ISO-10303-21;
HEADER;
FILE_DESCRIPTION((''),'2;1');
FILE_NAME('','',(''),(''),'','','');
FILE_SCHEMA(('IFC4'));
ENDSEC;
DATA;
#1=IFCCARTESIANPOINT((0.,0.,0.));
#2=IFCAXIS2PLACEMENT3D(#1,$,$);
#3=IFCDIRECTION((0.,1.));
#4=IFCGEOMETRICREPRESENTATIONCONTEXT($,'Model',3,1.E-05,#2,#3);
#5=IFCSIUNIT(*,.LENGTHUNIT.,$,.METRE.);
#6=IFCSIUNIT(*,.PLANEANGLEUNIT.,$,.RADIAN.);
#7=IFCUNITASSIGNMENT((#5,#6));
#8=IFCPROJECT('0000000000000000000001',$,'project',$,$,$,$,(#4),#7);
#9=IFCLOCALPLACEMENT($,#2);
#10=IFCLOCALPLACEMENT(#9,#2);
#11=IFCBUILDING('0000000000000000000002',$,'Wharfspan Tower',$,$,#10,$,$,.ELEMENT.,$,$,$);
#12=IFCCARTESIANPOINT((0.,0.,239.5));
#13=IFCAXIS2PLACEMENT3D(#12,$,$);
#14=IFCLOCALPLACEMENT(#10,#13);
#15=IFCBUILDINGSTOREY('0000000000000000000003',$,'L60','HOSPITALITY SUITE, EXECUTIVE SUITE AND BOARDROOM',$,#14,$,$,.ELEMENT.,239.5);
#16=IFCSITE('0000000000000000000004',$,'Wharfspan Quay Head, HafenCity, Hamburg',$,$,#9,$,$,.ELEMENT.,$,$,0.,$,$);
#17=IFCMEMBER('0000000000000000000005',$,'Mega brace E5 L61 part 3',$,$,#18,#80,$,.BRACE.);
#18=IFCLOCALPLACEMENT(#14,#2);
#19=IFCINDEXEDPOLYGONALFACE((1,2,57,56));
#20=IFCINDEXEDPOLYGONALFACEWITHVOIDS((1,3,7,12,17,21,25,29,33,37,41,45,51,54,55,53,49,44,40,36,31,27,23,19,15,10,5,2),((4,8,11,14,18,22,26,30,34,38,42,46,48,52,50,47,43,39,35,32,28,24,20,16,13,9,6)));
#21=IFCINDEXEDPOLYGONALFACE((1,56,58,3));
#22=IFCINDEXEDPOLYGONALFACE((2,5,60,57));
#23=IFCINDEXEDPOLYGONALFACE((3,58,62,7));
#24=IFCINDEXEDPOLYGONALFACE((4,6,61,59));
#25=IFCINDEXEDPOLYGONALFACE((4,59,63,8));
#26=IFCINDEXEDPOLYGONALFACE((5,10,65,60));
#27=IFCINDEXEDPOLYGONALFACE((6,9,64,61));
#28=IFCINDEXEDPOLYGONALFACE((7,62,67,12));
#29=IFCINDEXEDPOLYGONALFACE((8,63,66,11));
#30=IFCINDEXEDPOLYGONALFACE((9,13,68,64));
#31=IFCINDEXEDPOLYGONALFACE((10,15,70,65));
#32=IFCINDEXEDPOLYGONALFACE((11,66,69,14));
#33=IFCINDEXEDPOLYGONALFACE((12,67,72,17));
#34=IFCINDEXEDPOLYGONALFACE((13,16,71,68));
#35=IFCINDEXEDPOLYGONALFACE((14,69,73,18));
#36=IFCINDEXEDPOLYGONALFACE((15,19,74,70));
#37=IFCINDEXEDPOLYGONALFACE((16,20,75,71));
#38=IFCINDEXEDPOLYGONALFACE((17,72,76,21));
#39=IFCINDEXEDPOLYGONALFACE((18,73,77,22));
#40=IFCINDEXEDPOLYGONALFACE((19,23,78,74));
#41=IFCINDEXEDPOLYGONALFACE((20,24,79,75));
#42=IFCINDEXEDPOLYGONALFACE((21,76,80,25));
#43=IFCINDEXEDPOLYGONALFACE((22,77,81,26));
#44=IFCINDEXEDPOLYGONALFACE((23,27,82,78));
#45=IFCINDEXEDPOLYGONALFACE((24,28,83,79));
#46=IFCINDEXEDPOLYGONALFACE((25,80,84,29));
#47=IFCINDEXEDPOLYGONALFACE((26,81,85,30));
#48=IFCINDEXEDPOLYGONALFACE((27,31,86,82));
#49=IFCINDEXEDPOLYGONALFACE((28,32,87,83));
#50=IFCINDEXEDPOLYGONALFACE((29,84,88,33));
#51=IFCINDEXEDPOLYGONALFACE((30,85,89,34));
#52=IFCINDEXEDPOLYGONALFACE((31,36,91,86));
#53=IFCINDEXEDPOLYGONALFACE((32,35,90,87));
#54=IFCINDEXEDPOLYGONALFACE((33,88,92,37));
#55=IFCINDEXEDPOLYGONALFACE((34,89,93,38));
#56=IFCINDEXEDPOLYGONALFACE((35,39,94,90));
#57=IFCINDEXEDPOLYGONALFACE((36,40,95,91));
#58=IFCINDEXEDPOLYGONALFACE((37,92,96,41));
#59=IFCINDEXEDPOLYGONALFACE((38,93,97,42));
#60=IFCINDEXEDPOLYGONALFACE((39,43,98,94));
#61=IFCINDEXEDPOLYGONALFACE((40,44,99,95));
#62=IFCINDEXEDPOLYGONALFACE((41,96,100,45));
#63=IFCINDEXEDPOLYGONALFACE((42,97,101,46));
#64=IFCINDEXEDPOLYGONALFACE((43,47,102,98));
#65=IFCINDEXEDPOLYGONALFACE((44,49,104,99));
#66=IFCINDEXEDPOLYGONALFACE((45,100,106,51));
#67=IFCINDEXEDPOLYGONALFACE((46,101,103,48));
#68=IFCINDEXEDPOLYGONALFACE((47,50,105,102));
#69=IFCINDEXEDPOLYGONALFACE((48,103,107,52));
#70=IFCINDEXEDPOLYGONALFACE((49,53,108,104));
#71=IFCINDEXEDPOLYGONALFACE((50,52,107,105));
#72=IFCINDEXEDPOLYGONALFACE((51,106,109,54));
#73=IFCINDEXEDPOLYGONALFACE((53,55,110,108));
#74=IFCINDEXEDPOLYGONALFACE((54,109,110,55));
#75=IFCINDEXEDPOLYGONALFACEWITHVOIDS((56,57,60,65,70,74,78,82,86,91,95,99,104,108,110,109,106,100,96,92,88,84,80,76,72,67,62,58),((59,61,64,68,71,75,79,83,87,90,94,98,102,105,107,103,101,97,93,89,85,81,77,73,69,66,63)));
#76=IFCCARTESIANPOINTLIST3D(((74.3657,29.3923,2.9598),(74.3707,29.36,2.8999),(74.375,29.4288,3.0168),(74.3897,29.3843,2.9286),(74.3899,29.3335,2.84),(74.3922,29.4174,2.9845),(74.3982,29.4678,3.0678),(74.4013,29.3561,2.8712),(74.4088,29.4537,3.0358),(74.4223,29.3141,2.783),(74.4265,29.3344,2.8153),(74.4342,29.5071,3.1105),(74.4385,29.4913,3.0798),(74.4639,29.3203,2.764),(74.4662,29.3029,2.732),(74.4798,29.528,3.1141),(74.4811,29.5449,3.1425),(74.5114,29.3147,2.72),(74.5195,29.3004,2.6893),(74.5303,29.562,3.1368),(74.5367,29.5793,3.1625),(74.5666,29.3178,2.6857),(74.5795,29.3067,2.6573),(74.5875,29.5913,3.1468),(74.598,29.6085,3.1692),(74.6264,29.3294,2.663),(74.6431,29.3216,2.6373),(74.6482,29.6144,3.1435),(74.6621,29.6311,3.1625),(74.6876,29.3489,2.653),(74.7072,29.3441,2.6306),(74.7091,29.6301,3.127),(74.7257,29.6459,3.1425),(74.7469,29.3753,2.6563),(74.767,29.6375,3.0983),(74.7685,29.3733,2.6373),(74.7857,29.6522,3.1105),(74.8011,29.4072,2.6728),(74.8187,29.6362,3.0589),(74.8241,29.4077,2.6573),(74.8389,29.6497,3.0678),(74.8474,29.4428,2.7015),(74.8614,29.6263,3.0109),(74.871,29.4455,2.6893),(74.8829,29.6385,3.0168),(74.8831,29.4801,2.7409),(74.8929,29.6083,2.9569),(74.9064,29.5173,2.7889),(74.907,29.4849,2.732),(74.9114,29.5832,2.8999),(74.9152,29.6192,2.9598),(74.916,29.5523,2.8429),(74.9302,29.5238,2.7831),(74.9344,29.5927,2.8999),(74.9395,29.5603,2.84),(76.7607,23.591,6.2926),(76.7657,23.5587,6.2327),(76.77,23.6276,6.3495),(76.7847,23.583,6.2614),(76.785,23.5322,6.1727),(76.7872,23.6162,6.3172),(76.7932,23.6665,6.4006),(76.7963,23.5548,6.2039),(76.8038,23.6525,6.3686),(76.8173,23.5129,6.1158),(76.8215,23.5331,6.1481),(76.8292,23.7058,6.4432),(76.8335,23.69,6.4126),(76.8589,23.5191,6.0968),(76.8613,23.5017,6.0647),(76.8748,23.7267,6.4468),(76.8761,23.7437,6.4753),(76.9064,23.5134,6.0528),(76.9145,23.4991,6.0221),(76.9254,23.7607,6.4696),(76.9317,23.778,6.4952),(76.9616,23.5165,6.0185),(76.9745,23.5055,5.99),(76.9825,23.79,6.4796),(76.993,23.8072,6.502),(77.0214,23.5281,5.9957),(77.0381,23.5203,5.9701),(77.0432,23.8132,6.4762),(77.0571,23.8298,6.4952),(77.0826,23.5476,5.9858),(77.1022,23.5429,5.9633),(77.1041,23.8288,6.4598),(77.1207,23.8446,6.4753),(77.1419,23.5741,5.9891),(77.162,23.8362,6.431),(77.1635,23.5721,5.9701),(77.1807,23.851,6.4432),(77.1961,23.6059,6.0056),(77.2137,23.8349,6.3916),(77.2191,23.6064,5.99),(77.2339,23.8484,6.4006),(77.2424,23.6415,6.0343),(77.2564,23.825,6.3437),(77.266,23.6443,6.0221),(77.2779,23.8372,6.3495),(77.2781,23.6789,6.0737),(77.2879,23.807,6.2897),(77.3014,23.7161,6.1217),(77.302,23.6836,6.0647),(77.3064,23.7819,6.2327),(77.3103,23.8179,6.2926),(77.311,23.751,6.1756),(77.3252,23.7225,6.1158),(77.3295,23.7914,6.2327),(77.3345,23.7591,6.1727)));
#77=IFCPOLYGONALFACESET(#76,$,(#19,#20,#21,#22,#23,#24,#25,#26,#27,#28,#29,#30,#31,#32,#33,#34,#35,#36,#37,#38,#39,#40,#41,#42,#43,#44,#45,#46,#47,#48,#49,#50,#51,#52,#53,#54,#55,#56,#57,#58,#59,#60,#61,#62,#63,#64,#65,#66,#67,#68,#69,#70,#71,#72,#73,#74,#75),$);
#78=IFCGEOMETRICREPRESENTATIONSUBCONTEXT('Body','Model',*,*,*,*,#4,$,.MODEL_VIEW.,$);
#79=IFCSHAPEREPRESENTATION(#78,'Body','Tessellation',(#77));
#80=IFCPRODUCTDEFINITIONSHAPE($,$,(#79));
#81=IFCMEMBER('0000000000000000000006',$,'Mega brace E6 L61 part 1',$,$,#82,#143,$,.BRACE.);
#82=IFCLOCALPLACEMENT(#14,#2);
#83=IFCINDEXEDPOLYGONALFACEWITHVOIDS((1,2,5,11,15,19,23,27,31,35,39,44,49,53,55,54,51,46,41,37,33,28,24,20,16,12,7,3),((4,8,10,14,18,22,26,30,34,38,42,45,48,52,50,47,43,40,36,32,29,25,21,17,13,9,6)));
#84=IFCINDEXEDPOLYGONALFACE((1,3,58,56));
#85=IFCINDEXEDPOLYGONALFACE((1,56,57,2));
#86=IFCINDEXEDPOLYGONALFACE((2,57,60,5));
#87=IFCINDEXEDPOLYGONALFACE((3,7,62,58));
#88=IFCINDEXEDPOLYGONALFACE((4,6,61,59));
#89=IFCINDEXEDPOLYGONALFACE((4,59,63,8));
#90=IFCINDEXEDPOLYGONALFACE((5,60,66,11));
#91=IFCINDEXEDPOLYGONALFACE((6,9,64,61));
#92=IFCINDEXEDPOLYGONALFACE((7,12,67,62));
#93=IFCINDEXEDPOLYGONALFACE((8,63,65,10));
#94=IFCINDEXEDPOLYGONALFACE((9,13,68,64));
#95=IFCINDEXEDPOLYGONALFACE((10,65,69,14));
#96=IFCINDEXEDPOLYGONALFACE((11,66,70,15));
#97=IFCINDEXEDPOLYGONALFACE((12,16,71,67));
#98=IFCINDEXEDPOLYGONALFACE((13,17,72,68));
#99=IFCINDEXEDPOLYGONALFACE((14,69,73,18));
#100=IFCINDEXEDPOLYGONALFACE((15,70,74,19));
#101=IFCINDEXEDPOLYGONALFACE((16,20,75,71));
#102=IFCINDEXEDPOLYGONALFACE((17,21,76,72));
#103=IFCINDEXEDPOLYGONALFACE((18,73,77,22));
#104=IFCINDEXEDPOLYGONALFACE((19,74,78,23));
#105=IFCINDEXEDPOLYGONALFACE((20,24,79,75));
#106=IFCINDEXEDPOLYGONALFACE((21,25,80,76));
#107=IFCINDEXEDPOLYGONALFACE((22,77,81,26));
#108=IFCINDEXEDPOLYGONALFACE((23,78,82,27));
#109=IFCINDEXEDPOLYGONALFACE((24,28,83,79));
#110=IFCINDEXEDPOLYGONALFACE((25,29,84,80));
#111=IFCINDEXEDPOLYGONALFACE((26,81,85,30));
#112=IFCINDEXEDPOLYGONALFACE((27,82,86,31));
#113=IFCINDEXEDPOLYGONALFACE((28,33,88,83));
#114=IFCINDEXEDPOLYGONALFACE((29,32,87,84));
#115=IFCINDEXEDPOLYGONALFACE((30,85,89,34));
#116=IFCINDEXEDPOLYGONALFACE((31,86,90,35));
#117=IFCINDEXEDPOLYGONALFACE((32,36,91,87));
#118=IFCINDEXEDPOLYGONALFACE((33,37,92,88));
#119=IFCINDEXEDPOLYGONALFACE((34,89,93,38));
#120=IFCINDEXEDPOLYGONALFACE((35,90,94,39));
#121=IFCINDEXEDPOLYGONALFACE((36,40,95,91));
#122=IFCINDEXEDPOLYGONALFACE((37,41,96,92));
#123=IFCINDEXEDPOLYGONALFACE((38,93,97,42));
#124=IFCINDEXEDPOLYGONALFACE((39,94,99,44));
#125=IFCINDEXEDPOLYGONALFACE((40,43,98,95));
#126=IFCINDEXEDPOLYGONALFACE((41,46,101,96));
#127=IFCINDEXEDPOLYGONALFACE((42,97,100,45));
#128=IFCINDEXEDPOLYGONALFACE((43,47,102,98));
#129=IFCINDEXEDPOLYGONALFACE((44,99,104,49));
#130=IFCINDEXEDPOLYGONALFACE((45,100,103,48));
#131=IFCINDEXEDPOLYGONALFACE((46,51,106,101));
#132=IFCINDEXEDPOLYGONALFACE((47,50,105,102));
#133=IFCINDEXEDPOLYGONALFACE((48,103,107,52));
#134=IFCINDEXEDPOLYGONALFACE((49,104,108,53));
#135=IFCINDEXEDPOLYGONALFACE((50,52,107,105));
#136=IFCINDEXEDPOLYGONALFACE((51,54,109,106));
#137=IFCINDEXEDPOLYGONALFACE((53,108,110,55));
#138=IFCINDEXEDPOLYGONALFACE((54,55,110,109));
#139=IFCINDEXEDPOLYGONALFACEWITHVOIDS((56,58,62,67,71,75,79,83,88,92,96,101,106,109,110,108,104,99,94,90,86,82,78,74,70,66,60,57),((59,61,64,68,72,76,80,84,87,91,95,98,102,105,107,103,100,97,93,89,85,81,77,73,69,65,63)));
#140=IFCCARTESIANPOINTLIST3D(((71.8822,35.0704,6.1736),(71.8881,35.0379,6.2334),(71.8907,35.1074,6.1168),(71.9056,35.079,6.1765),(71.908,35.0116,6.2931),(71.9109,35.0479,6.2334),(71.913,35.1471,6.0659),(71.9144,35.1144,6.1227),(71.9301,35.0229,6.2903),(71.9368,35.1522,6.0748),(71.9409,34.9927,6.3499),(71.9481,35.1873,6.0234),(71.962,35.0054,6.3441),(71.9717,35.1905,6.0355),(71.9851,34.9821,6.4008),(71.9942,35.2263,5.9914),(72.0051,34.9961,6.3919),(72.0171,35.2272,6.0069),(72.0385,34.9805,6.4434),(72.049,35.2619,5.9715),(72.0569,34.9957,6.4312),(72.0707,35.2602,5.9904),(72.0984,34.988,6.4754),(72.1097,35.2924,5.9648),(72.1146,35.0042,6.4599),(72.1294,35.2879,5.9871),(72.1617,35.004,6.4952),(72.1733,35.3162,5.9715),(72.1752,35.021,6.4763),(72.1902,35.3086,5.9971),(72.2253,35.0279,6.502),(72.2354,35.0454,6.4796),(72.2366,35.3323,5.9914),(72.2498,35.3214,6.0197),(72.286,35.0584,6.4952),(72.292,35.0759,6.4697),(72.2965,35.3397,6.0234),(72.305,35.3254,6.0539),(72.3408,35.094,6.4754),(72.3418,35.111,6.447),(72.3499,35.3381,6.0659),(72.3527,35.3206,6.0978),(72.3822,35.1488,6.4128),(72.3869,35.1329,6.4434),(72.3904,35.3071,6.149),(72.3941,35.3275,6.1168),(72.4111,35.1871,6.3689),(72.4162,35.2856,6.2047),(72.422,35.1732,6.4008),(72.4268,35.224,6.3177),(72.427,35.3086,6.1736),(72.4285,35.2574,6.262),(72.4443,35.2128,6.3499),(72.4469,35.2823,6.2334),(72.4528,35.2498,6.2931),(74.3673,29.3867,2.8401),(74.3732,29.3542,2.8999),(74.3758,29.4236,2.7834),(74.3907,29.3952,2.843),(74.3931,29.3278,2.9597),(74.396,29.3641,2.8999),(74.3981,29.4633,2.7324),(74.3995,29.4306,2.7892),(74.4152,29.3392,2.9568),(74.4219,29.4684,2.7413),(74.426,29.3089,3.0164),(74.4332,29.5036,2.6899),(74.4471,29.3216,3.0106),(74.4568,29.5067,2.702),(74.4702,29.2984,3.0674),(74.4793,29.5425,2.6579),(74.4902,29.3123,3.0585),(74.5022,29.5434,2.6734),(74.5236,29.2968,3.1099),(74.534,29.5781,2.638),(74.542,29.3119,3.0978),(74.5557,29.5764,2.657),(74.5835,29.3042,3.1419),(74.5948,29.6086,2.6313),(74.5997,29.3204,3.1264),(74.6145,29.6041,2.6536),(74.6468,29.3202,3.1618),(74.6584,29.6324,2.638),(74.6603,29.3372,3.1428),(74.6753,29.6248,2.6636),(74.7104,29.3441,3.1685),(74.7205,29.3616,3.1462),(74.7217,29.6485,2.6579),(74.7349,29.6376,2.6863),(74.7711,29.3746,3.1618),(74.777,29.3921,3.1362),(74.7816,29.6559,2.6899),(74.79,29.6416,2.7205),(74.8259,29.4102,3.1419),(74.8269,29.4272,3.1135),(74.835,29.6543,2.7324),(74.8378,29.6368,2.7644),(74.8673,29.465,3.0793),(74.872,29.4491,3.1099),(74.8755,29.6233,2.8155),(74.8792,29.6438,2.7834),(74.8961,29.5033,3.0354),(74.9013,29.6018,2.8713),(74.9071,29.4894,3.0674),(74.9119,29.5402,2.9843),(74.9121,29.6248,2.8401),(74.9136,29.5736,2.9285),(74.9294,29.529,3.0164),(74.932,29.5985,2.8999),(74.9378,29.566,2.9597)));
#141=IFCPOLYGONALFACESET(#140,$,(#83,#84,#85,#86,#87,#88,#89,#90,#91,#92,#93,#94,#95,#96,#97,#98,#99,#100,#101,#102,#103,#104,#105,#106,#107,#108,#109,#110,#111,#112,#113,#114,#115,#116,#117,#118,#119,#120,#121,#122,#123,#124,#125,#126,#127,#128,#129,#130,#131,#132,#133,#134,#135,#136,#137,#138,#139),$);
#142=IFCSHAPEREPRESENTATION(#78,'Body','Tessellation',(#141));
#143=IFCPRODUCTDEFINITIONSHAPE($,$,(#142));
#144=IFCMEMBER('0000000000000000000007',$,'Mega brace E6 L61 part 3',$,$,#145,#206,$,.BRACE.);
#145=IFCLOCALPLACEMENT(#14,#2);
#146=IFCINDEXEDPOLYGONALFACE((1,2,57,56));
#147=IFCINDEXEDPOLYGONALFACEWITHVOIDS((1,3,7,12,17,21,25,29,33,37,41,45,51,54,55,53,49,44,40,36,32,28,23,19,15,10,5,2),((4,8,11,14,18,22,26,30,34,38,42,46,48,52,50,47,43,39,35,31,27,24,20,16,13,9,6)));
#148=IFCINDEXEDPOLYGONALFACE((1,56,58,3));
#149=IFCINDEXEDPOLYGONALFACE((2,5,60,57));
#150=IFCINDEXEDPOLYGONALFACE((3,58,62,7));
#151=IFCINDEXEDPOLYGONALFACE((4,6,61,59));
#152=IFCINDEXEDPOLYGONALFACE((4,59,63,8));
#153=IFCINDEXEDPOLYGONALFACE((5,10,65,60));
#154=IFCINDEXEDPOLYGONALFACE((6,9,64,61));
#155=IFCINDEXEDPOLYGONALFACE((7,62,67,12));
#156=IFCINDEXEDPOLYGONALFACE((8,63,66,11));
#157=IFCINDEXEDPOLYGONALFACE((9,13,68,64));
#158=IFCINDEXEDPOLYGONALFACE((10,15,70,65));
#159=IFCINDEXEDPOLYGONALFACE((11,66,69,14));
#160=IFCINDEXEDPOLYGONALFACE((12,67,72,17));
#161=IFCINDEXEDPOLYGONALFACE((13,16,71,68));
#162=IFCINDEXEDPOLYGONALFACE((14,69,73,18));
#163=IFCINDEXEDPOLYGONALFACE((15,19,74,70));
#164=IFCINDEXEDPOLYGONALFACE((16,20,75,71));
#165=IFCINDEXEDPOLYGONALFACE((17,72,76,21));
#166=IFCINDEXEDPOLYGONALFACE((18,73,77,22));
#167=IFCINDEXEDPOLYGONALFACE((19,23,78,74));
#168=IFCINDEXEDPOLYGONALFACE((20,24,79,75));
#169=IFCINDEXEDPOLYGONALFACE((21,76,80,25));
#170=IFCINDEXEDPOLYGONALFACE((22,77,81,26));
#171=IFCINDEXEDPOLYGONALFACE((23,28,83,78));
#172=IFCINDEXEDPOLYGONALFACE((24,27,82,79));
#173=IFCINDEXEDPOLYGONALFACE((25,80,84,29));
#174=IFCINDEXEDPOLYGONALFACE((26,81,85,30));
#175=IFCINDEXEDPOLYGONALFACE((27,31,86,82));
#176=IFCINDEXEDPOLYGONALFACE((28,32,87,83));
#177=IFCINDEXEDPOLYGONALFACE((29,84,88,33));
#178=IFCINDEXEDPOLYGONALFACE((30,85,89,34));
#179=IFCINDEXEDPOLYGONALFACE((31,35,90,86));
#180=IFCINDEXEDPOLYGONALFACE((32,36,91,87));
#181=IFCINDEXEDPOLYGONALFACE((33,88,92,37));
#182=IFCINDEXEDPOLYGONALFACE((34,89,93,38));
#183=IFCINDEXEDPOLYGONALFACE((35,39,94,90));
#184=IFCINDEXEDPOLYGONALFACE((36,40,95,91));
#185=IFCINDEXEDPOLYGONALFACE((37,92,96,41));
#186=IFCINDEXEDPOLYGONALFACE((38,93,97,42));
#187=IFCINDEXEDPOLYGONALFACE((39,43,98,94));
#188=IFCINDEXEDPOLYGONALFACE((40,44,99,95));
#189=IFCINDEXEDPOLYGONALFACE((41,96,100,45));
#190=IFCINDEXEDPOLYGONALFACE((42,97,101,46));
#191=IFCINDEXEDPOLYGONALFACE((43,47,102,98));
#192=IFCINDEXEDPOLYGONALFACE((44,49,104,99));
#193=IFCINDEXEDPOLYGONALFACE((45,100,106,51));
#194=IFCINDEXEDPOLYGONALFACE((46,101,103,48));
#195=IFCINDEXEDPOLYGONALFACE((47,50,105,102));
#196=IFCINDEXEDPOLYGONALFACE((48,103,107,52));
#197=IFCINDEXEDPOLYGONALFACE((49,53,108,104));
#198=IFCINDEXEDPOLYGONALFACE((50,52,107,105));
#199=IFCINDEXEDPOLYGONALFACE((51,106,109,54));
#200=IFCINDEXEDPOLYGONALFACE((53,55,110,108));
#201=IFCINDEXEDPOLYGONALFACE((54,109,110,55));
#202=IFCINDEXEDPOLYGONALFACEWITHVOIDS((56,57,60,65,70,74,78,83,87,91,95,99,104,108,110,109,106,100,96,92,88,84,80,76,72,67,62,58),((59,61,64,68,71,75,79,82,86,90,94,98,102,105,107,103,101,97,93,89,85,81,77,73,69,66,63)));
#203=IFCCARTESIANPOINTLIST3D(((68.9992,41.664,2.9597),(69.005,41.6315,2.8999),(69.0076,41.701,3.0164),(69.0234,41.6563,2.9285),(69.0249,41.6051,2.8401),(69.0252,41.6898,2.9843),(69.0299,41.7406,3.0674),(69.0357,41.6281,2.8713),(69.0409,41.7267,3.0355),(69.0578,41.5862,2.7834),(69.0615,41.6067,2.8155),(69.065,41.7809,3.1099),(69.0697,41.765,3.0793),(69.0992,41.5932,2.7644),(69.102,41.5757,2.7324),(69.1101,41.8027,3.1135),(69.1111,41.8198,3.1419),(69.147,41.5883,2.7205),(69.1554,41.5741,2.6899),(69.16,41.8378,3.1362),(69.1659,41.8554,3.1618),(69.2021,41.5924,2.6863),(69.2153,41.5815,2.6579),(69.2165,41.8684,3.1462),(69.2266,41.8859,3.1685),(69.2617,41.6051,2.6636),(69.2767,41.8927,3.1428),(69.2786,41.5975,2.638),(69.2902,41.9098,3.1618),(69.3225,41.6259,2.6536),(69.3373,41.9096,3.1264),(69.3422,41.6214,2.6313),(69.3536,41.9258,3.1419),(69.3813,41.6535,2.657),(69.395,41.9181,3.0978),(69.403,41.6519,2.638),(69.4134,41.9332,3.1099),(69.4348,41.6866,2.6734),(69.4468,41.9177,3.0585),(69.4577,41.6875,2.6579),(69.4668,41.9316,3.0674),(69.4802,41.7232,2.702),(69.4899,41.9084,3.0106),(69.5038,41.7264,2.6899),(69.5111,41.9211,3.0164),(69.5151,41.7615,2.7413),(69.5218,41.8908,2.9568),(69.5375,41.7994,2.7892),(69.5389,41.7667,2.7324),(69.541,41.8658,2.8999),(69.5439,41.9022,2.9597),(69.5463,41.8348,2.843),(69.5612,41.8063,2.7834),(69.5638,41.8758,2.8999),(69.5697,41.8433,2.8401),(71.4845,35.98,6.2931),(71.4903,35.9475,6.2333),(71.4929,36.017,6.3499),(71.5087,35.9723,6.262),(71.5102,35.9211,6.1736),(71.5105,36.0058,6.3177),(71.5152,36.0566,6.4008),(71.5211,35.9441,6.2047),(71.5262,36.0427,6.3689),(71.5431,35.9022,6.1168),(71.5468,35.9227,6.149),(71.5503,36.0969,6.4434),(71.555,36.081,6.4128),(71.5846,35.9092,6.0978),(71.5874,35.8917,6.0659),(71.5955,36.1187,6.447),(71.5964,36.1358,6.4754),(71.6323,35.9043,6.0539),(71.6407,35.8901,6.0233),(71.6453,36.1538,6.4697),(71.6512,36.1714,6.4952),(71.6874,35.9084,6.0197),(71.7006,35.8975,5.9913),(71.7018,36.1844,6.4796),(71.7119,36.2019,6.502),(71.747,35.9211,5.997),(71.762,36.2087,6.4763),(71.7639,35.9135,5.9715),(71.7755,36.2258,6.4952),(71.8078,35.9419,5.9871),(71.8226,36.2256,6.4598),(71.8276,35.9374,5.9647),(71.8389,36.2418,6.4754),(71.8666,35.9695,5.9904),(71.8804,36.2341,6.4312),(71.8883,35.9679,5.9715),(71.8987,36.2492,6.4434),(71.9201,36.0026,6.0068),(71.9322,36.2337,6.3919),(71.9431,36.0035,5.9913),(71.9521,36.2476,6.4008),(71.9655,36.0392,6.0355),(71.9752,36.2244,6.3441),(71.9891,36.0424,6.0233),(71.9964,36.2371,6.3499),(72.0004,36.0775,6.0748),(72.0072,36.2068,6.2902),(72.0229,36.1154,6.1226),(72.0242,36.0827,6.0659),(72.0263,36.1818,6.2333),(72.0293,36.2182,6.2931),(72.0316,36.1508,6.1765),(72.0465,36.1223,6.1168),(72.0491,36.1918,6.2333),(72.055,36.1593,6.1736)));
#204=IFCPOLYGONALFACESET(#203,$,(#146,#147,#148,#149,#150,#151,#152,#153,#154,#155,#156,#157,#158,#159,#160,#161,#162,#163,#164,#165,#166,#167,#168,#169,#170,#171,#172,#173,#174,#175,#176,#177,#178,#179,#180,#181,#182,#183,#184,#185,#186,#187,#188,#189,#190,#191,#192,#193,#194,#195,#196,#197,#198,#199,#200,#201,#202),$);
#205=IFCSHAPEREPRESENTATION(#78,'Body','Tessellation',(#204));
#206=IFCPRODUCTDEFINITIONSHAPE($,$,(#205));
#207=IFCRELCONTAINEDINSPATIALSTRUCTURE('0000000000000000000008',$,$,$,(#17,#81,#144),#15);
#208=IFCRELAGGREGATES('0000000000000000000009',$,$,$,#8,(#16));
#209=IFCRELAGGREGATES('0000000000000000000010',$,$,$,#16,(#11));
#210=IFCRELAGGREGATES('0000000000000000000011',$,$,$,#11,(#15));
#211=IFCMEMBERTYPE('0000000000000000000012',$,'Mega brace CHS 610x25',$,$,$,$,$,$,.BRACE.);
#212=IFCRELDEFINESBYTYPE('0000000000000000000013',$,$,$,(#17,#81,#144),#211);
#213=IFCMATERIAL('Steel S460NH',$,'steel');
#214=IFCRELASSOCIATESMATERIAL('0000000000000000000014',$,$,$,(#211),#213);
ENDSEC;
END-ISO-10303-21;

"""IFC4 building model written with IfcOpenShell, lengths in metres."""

from ifc_helpers import new_model, si_unit, direction, frame, origin, origin_2d, place, context, subcontext, project, spatial, hollow_circle, extrude, material, material_profile, profile_set, type_object, element, save


model = new_model("IFC4")

# Units and contexts
model_context = context("Model", 3, precision=1e-05, world=origin(), true_north=direction((0.0, 1.0)))
body_context = subcontext(model_context, "Body", "Model", "MODEL_VIEW")
ifc_project = project(units=[si_unit("LENGTHUNIT", "METRE"), si_unit("PLANEANGLEUNIT", "RADIAN")], contexts=[model_context])

# Site, building, storey
site_placement = place(None, origin())
site = spatial("IfcSite", under=ifc_project, at=site_placement, Name="Wharfspan Quay Head, HafenCity, Hamburg", CompositionType="ELEMENT", RefElevation=0.0)
building_placement = place(site_placement, origin())
building = spatial("IfcBuilding", under=site, at=building_placement, Name="Wharfspan Tower", CompositionType="ELEMENT")
storey_placement = place(building_placement, frame((0.0, 0.0, 239.5)))
storey = spatial("IfcBuildingStorey", under=building, at=storey_placement, Name="L60", Description="HOSPITALITY SUITE, EXECUTIVE SUITE AND BOARDROOM", CompositionType="ELEMENT", Elevation=239.5)

# Members
ifc_material_1 = material(Name="Steel S460NH", Category="steel")
ifc_material_profile_1 = material_profile(ifc_material_1, hollow_circle(Radius=0.3049, WallThickness=0.0249, at=origin_2d()))
ifc_profile_set_1 = profile_set([ifc_material_profile_1], Name="Steel S460NH")
member_type_1 = type_object("IfcMemberType", Name="Mega brace CHS 610x25", PredefinedType="BRACE", material=ifc_profile_set_1)
member_1_placement = place(storey_placement, frame((74.6526, 29.4763, 2.8999), z_axis=(0.337032, -0.816367, 0.468993), x_axis=(0.92433, 0.381605, 0.000002)))
element("IfcMember", 1, at=member_1_placement, inside=storey, type_object=member_type_1, Name="Mega brace E5 L61 part 3", PredefinedType="BRACE", context=body_context, shape_type="SweptSolid", body=[
    extrude(hollow_circle(Radius=0.3049, WallThickness=0.0249, at=origin_2d()), origin(), (0.0, 0.0, 1.0), 7.1062),
])
member_2_placement = place(storey_placement, frame((74.6526, 29.4763, 2.8999), z_axis=(-0.352883, 0.8071, 0.473353), x_axis=(-0.916253, -0.400609, 0.000003)))
element("IfcMember", 2, at=member_2_placement, inside=storey, type_object=member_type_1, Name="Mega brace E6 L61 part 1", PredefinedType="BRACE", context=body_context, shape_type="SweptSolid", body=[
    extrude(hollow_circle(Radius=0.3049, WallThickness=0.0249, at=origin_2d()), origin(), (0.0, 0.0, 1.0), 7.0422),
])
member_3_placement = place(storey_placement, frame((69.2844, 41.7537, 2.8999), z_axis=(0.352903, -0.807102, 0.473334), x_axis=(0.916243, 0.400624, -0.000001)))
element("IfcMember", 3, at=member_3_placement, inside=storey, type_object=member_type_1, Name="Mega brace E6 L61 part 3", PredefinedType="BRACE", context=body_context, shape_type="SweptSolid", body=[
    extrude(hollow_circle(Radius=0.3049, WallThickness=0.0249, at=origin_2d()), origin(), (0.0, 0.0, 1.0), 7.0425),
])

save(model, "model.ifc")
